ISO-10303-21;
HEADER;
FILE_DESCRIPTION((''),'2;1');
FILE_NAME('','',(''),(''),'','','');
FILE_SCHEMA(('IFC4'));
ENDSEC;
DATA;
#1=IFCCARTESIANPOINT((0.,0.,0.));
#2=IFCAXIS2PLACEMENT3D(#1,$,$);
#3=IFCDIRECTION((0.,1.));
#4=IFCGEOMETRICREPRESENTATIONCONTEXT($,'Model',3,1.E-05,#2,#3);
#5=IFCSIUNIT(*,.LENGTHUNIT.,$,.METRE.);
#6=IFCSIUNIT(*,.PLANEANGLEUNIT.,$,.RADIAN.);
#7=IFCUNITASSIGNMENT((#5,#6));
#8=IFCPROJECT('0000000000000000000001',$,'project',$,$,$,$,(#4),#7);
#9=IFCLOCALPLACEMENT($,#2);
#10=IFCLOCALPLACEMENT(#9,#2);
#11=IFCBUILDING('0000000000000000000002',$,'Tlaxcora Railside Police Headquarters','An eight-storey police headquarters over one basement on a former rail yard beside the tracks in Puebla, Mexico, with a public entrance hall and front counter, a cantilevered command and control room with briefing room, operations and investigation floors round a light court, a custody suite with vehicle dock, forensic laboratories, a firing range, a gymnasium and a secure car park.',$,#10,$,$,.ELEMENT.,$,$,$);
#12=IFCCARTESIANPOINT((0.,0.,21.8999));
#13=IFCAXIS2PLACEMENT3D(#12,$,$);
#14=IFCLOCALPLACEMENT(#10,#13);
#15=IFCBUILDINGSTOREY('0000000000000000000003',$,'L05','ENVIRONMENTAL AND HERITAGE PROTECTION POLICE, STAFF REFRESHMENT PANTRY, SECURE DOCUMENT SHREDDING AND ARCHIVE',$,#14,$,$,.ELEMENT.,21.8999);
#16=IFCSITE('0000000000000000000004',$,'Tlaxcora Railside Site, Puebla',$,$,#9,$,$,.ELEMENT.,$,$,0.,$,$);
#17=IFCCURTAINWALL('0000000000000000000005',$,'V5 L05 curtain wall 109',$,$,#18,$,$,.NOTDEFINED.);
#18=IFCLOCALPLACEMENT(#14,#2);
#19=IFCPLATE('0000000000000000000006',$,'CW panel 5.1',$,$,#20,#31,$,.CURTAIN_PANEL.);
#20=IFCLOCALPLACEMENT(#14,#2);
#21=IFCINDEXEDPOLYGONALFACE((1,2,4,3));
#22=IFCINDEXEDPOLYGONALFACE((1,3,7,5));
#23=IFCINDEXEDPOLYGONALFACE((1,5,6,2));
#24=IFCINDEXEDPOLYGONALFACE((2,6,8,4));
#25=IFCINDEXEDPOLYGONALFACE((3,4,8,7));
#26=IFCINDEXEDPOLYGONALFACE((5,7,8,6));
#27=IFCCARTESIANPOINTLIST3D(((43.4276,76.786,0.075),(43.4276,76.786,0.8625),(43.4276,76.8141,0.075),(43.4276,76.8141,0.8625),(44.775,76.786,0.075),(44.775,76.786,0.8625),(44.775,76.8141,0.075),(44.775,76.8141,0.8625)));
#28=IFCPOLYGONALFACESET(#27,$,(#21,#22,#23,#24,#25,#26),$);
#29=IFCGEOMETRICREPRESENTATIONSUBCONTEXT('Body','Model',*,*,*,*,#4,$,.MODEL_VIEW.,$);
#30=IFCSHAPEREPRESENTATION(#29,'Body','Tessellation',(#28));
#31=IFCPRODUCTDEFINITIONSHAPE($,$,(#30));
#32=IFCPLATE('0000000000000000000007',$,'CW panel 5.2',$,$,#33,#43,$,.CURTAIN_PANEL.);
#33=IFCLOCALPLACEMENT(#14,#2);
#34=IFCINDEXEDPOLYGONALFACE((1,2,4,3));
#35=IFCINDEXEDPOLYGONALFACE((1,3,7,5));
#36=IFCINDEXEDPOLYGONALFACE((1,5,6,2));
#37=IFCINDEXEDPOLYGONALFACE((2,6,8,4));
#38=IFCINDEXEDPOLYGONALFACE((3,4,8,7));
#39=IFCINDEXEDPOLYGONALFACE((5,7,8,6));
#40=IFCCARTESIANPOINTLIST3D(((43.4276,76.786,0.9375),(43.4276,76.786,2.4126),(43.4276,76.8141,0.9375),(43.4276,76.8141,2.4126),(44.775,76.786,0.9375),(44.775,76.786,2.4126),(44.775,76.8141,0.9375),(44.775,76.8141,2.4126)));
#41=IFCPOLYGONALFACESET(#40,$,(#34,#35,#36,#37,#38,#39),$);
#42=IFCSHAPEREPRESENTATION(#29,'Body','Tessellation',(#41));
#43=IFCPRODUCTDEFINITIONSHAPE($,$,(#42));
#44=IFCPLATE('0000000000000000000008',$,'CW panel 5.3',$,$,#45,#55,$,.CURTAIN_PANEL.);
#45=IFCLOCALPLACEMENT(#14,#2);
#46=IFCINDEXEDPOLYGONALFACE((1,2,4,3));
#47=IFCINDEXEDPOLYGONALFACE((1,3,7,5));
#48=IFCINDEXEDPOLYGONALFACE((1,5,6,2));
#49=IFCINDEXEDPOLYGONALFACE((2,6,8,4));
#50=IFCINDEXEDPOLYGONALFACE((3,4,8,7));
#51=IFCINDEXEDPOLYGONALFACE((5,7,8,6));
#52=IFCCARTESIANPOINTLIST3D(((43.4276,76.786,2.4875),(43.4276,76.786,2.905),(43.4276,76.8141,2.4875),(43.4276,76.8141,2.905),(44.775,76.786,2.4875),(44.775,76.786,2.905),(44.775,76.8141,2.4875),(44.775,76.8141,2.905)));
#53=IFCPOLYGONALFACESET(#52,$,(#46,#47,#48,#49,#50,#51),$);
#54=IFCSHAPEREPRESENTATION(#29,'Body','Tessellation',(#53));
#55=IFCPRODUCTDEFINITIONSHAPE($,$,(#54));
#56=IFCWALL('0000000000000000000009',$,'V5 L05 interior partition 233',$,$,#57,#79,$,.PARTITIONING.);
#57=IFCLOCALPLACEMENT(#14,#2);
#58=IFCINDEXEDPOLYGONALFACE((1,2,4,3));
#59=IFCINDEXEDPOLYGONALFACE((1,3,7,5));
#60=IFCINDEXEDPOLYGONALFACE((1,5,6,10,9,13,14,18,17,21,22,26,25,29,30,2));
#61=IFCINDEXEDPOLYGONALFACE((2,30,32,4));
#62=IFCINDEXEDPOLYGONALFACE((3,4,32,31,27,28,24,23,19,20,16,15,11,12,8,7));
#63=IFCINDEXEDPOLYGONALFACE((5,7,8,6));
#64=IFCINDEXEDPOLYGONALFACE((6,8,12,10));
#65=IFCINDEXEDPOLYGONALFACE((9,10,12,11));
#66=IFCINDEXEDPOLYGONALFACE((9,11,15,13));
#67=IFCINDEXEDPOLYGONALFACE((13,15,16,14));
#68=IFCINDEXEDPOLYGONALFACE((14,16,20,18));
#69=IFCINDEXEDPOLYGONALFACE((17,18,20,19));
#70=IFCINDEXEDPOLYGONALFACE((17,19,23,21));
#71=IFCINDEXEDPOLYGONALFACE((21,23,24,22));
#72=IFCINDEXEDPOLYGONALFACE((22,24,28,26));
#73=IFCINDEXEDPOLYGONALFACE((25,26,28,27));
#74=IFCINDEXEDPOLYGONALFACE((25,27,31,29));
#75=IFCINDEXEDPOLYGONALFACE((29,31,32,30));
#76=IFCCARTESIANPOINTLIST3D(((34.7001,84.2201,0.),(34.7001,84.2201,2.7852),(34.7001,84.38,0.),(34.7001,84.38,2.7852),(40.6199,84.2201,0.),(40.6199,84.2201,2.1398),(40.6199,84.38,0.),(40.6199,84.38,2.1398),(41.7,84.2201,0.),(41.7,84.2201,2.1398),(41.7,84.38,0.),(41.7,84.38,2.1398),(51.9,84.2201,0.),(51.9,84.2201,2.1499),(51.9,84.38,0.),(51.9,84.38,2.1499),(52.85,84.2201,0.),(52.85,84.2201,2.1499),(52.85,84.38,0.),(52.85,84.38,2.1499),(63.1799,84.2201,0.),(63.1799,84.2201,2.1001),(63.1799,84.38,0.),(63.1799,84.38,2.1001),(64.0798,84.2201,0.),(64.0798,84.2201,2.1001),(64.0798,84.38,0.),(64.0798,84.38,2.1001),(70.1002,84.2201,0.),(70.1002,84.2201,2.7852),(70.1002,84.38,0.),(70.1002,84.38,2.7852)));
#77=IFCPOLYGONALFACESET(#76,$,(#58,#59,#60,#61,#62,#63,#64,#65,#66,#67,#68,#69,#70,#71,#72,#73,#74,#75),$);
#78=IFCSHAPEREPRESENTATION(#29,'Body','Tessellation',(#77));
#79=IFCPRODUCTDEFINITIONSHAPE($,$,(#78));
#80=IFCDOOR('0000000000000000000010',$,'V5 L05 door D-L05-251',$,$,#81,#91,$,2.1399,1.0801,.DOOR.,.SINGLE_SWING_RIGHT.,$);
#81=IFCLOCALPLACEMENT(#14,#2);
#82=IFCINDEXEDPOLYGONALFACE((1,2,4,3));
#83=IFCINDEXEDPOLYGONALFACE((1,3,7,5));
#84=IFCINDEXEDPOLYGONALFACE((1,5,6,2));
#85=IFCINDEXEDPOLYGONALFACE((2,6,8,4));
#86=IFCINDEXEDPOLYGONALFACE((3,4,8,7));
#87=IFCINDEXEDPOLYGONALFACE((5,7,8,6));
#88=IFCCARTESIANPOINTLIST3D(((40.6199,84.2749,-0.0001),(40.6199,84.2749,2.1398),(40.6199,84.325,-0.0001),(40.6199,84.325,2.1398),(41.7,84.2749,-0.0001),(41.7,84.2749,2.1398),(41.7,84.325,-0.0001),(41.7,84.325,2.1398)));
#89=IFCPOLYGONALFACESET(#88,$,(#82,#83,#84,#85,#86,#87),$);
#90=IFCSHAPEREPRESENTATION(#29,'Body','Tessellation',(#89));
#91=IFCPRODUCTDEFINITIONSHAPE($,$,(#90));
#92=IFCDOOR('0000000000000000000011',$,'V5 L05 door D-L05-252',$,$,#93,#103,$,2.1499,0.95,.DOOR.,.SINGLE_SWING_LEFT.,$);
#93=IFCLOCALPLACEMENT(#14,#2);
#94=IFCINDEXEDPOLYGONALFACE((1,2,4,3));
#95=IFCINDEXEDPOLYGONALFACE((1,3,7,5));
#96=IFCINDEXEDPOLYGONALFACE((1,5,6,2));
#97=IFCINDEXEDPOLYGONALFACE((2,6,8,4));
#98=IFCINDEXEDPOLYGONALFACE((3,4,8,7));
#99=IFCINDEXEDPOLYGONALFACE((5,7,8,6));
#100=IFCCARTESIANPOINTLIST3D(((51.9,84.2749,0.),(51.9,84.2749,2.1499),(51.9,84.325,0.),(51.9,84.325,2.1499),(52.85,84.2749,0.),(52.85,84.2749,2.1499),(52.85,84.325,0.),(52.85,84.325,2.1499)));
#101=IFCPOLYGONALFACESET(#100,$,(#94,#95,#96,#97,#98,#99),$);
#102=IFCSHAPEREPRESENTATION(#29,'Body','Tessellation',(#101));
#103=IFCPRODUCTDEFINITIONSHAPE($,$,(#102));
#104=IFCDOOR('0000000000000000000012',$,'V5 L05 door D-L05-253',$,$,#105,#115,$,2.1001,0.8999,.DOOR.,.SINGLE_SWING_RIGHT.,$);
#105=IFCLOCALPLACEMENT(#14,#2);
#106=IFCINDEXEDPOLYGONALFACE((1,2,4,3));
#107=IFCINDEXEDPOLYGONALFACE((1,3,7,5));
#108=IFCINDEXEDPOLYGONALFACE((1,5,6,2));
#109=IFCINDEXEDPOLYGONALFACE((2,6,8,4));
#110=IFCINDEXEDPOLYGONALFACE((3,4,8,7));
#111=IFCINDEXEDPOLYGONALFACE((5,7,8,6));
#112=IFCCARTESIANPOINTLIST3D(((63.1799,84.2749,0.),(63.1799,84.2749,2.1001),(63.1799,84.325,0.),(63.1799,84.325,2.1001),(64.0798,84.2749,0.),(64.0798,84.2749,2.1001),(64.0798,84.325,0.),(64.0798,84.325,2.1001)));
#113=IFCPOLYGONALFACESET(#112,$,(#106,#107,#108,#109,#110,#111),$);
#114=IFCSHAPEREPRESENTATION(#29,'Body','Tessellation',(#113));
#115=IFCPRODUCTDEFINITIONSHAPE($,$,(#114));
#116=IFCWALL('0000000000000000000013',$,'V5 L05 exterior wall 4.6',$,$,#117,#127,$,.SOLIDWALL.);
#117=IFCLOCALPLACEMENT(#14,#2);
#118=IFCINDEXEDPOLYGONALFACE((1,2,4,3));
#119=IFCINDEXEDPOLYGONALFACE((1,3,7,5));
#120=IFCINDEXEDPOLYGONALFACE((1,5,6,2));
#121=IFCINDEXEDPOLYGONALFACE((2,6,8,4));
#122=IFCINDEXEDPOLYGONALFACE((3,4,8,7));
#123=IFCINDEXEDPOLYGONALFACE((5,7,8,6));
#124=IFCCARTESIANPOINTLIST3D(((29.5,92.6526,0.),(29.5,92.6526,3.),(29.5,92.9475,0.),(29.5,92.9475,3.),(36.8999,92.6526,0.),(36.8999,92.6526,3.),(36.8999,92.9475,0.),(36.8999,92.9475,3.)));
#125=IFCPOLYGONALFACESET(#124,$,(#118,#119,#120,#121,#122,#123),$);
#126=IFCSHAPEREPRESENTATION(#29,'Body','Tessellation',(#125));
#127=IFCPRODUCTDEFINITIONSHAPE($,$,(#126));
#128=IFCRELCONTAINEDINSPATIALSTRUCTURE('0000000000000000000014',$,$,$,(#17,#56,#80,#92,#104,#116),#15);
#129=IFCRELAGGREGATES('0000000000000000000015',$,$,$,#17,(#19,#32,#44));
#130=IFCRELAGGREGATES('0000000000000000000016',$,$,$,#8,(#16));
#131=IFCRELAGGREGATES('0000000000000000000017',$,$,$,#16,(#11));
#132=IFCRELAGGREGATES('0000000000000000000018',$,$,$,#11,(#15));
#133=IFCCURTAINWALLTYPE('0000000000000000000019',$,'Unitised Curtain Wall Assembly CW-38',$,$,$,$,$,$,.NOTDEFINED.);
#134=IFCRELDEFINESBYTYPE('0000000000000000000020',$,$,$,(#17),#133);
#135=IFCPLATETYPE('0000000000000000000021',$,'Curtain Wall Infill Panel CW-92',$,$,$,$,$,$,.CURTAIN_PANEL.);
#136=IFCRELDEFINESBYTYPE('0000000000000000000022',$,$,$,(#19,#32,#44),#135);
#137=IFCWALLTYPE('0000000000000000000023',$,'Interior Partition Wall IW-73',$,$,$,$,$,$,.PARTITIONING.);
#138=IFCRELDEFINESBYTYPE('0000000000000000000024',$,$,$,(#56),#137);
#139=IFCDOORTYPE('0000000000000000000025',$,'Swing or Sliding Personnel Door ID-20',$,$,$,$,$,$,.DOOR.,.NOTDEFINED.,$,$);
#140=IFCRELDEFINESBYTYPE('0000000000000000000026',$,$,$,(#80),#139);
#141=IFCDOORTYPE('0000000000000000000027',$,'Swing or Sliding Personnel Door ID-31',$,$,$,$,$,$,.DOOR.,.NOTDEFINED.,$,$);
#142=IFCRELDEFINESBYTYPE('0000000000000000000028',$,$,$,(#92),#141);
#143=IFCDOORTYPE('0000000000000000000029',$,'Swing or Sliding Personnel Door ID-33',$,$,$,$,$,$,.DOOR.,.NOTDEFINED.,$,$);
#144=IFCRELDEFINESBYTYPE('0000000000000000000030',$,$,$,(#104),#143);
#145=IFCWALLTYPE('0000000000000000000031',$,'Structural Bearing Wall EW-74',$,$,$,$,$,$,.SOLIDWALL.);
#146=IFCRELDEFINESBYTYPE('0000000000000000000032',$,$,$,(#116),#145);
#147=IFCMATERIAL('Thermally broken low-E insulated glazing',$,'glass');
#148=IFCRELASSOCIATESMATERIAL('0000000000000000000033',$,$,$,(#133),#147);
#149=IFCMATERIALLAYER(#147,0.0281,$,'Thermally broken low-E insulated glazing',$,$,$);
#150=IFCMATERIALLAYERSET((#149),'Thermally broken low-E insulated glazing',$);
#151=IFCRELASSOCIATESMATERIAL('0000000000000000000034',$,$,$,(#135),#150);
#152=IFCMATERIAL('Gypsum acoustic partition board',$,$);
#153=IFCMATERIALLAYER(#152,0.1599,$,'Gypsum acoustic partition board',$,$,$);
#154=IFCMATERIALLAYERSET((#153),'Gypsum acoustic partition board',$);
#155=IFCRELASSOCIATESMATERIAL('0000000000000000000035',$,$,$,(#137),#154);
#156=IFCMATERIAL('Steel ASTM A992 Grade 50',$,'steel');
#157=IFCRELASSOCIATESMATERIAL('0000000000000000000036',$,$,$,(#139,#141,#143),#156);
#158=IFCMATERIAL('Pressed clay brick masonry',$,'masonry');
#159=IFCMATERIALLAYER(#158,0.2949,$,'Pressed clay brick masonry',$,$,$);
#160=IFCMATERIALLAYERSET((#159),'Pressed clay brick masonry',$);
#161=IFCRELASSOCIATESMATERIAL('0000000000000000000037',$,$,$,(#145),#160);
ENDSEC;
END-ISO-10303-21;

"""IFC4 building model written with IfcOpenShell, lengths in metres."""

from ifc_helpers import new_model, si_unit, direction, frame, frame_2d, origin, origin_2d, place, context, subcontext, project, spatial, rectangle, extrude, material, layer, layer_set, type_object, element, fill, aggregate, save


model = new_model("IFC4")

# Units and contexts
model_context = context("Model", 3, precision=1e-05, world=origin(), true_north=direction((0.0, 1.0)))
body_context = subcontext(model_context, "Body", "Model", "MODEL_VIEW")
ifc_project = project(units=[si_unit("LENGTHUNIT", "METRE"), si_unit("PLANEANGLEUNIT", "RADIAN")], contexts=[model_context])

# Site, building, storey
site_placement = place(None, origin())
site = spatial("IfcSite", under=ifc_project, at=site_placement, Name="Tlaxcora Railside Site, Puebla", CompositionType="ELEMENT", RefElevation=0.0)
building_placement = place(site_placement, origin())
building = spatial("IfcBuilding", under=site, at=building_placement, Name="Tlaxcora Railside Police Headquarters", Description="An eight-storey police headquarters over one basement on a former rail yard beside the tracks in Puebla, Mexico, with a public entrance hall and front counter, a cantilevered command and control room with briefing room, operations and investigation floors round a light court, a custody suite with vehicle dock, forensic laboratories, a firing range, a gymnasium and a secure car park.", CompositionType="ELEMENT")
storey_placement = place(building_placement, frame((0.0, 0.0, 21.8999)))
storey = spatial("IfcBuildingStorey", under=building, at=storey_placement, Name="L05", Description="ENVIRONMENTAL AND HERITAGE PROTECTION POLICE, STAFF REFRESHMENT PANTRY, SECURE DOCUMENT SHREDDING AND ARCHIVE", CompositionType="ELEMENT", Elevation=21.8999)

# Curtain wall
ifc_material_1 = material(Name="Thermally broken low-E insulated glazing", Category="glass")
curtain_wall_type_1 = type_object("IfcCurtainWallType", Name="Unitised Curtain Wall Assembly CW-38", PredefinedType="NOTDEFINED", material=ifc_material_1)
curtain_wall_1_placement = place(storey_placement, origin())
curtain_wall_1 = element("IfcCurtainWall", 1, at=curtain_wall_1_placement, inside=storey, type_object=curtain_wall_type_1, Name="V5 L05 curtain wall 109", PredefinedType="NOTDEFINED")

# Shared definitions
ifc_material_2 = material(Name="Steel ASTM A992 Grade 50", Category="steel")

# Plates
ifc_layer_1 = layer(ifc_material_1, 0.0281, Name="Thermally broken low-E insulated glazing")
ifc_layer_set_1 = layer_set([ifc_layer_1], Name="Thermally broken low-E insulated glazing")
plate_type_1 = type_object("IfcPlateType", Name="Curtain Wall Infill Panel CW-92", PredefinedType="CURTAIN_PANEL", material=ifc_layer_set_1)
plate_1_placement = place(storey_placement, frame((44.1013, 76.8, 0.075), z_axis=(0.0, 0.0, 1.0), x_axis=(1.0, 0.0, 0.0)))
plate_1 = element("IfcPlate", 2, at=plate_1_placement, type_object=plate_type_1, Name="CW panel 5.1", PredefinedType="CURTAIN_PANEL", context=body_context, shape_type="SweptSolid", body=[
    extrude(rectangle(XDim=1.3474, YDim=0.0281, at=origin_2d()), origin(), (0.0, 0.0, 1.0), 0.7876),
])
plate_2_placement = place(storey_placement, frame((44.1013, 76.8, 0.9375), z_axis=(0.0, 0.0, 1.0), x_axis=(1.0, 0.0, 0.0)))
plate_2 = element("IfcPlate", 3, at=plate_2_placement, type_object=plate_type_1, Name="CW panel 5.2", PredefinedType="CURTAIN_PANEL", context=body_context, shape_type="SweptSolid", body=[
    extrude(rectangle(XDim=1.3474, YDim=0.0281, at=origin_2d()), origin(), (0.0, 0.0, 1.0), 1.4751),
])
plate_3_placement = place(storey_placement, frame((44.1013, 76.8, 2.4875), z_axis=(0.0, 0.0, 1.0), x_axis=(1.0, 0.0, 0.0)))
plate_3 = element("IfcPlate", 4, at=plate_3_placement, type_object=plate_type_1, Name="CW panel 5.3", PredefinedType="CURTAIN_PANEL", context=body_context, shape_type="SweptSolid", body=[
    extrude(rectangle(XDim=1.3474, YDim=0.0281, at=origin_2d()), origin(), (0.0, 0.0, 1.0), 0.4175),
])
aggregate(curtain_wall_1, [plate_1, plate_2, plate_3])

# Wall, openings, doors
ifc_material_3 = material(Name="Gypsum acoustic partition board")
ifc_layer_2 = layer(ifc_material_3, 0.1599, Name="Gypsum acoustic partition board")
ifc_layer_set_2 = layer_set([ifc_layer_2], Name="Gypsum acoustic partition board")
wall_type_1 = type_object("IfcWallType", Name="Interior Partition Wall IW-73", PredefinedType="PARTITIONING", material=ifc_layer_set_2)
wall_1_placement = place(storey_placement, frame((34.7, 84.3, 0.0), z_axis=(0.0, 0.0, 1.0), x_axis=(1.0, 0.0, 0.0)))
wall_1 = element("IfcWall", 5, at=wall_1_placement, inside=storey, type_object=wall_type_1, Name="V5 L05 interior partition 233", PredefinedType="PARTITIONING", context=body_context, shape_type="SweptSolid", body=[
    extrude(rectangle(XDim=35.4001, YDim=0.1599, at=frame_2d((17.7002, 0.0))), origin(), (0.0, 0.0, 1.0), 2.7852),
])
opening_1_placement = place(wall_1_placement, frame((5.9199, 0.0, 0.0)))
opening_1 = element("IfcOpeningElement", 6, at=opening_1_placement, cuts=wall_1, PredefinedType="OPENING", context=body_context, shape_type="SweptSolid", body=[
    extrude(rectangle(XDim=1.0801, YDim=2.1399, at=frame_2d((0.54, 1.0698))), frame((0.0, 0.0898, 0.0), z_axis=(0.0, -1.0, 0.0), x_axis=(1.0, 0.0, 0.0)), (0.0, 0.0, 1.0), 0.1799),
])
opening_2_placement = place(wall_1_placement, frame((17.2, 0.0, 0.0)))
opening_2 = element("IfcOpeningElement", 7, at=opening_2_placement, cuts=wall_1, PredefinedType="OPENING", context=body_context, shape_type="SweptSolid", body=[
    extrude(rectangle(XDim=0.95, YDim=2.1499, at=frame_2d((0.4751, 1.075))), frame((0.0, 0.0898, 0.0), z_axis=(0.0, -1.0, 0.0), x_axis=(1.0, 0.0, 0.0)), (0.0, 0.0, 1.0), 0.1799),
])
opening_3_placement = place(wall_1_placement, frame((28.48, 0.0, 0.0)))
opening_3 = element("IfcOpeningElement", 8, at=opening_3_placement, cuts=wall_1, PredefinedType="OPENING", context=body_context, shape_type="SweptSolid", body=[
    extrude(rectangle(XDim=0.8999, YDim=2.1001, at=frame_2d((0.45, 1.05))), frame((0.0, 0.0898, 0.0), z_axis=(0.0, -1.0, 0.0), x_axis=(1.0, 0.0, 0.0)), (0.0, 0.0, 1.0), 0.1799),
])
door_type_1 = type_object("IfcDoorType", Name="Swing or Sliding Personnel Door ID-20", OperationType="NOTDEFINED", PredefinedType="DOOR", material=ifc_material_2)
door_1_placement = place(opening_1_placement, origin())
door_1 = element("IfcDoor", 9, at=door_1_placement, inside=storey, type_object=door_type_1, Name="V5 L05 door D-L05-251", OperationType="SINGLE_SWING_RIGHT", OverallHeight=2.1399, OverallWidth=1.0801, PredefinedType="DOOR", context=body_context, shape_type="SweptSolid", body=[
    extrude(rectangle(XDim=1.0801, YDim=2.1399, at=frame_2d((0.54, 1.0698))), frame((0.0, 0.0249, 0.0), z_axis=(0.0, -1.0, 0.0), x_axis=(1.0, 0.0, 0.0)), (0.0, 0.0, 1.0), 0.05),
])
fill(opening_1, door_1)
door_type_2 = type_object("IfcDoorType", Name="Swing or Sliding Personnel Door ID-31", OperationType="NOTDEFINED", PredefinedType="DOOR", material=ifc_material_2)
door_2_placement = place(opening_2_placement, origin())
door_2 = element("IfcDoor", 10, at=door_2_placement, inside=storey, type_object=door_type_2, Name="V5 L05 door D-L05-252", OperationType="SINGLE_SWING_LEFT", OverallHeight=2.1499, OverallWidth=0.95, PredefinedType="DOOR", context=body_context, shape_type="SweptSolid", body=[
    extrude(rectangle(XDim=0.95, YDim=2.1499, at=frame_2d((0.4751, 1.075))), frame((0.0, 0.0249, 0.0), z_axis=(0.0, -1.0, 0.0), x_axis=(1.0, 0.0, 0.0)), (0.0, 0.0, 1.0), 0.05),
])
fill(opening_2, door_2)
door_type_3 = type_object("IfcDoorType", Name="Swing or Sliding Personnel Door ID-33", OperationType="NOTDEFINED", PredefinedType="DOOR", material=ifc_material_2)
door_3_placement = place(opening_3_placement, origin())
door_3 = element("IfcDoor", 11, at=door_3_placement, inside=storey, type_object=door_type_3, Name="V5 L05 door D-L05-253", OperationType="SINGLE_SWING_RIGHT", OverallHeight=2.1001, OverallWidth=0.8999, PredefinedType="DOOR", context=body_context, shape_type="SweptSolid", body=[
    extrude(rectangle(XDim=0.8999, YDim=2.1001, at=frame_2d((0.45, 1.05))), frame((0.0, 0.0249, 0.0), z_axis=(0.0, -1.0, 0.0), x_axis=(1.0, 0.0, 0.0)), (0.0, 0.0, 1.0), 0.05),
])
fill(opening_3, door_3)

# Wall
ifc_material_4 = material(Name="Pressed clay brick masonry", Category="masonry")
ifc_layer_3 = layer(ifc_material_4, 0.2949, Name="Pressed clay brick masonry")
ifc_layer_set_3 = layer_set([ifc_layer_3], Name="Pressed clay brick masonry")
wall_type_2 = type_object("IfcWallType", Name="Structural Bearing Wall EW-74", PredefinedType="SOLIDWALL", material=ifc_layer_set_3)
wall_2_placement = place(storey_placement, frame((36.8999, 92.8, 0.0), z_axis=(0.0, 0.0, 1.0), x_axis=(-1.0, 0.0, 0.0)))
element("IfcWall", 12, at=wall_2_placement, inside=storey, type_object=wall_type_2, Name="V5 L05 exterior wall 4.6", PredefinedType="SOLIDWALL", context=body_context, shape_type="SweptSolid", body=[
    extrude(rectangle(XDim=7.3999, YDim=0.2949, at=frame_2d((3.7, 0.0))), origin(), (0.0, 0.0, 1.0), 3.0),
])

save(model, "model.ifc")
